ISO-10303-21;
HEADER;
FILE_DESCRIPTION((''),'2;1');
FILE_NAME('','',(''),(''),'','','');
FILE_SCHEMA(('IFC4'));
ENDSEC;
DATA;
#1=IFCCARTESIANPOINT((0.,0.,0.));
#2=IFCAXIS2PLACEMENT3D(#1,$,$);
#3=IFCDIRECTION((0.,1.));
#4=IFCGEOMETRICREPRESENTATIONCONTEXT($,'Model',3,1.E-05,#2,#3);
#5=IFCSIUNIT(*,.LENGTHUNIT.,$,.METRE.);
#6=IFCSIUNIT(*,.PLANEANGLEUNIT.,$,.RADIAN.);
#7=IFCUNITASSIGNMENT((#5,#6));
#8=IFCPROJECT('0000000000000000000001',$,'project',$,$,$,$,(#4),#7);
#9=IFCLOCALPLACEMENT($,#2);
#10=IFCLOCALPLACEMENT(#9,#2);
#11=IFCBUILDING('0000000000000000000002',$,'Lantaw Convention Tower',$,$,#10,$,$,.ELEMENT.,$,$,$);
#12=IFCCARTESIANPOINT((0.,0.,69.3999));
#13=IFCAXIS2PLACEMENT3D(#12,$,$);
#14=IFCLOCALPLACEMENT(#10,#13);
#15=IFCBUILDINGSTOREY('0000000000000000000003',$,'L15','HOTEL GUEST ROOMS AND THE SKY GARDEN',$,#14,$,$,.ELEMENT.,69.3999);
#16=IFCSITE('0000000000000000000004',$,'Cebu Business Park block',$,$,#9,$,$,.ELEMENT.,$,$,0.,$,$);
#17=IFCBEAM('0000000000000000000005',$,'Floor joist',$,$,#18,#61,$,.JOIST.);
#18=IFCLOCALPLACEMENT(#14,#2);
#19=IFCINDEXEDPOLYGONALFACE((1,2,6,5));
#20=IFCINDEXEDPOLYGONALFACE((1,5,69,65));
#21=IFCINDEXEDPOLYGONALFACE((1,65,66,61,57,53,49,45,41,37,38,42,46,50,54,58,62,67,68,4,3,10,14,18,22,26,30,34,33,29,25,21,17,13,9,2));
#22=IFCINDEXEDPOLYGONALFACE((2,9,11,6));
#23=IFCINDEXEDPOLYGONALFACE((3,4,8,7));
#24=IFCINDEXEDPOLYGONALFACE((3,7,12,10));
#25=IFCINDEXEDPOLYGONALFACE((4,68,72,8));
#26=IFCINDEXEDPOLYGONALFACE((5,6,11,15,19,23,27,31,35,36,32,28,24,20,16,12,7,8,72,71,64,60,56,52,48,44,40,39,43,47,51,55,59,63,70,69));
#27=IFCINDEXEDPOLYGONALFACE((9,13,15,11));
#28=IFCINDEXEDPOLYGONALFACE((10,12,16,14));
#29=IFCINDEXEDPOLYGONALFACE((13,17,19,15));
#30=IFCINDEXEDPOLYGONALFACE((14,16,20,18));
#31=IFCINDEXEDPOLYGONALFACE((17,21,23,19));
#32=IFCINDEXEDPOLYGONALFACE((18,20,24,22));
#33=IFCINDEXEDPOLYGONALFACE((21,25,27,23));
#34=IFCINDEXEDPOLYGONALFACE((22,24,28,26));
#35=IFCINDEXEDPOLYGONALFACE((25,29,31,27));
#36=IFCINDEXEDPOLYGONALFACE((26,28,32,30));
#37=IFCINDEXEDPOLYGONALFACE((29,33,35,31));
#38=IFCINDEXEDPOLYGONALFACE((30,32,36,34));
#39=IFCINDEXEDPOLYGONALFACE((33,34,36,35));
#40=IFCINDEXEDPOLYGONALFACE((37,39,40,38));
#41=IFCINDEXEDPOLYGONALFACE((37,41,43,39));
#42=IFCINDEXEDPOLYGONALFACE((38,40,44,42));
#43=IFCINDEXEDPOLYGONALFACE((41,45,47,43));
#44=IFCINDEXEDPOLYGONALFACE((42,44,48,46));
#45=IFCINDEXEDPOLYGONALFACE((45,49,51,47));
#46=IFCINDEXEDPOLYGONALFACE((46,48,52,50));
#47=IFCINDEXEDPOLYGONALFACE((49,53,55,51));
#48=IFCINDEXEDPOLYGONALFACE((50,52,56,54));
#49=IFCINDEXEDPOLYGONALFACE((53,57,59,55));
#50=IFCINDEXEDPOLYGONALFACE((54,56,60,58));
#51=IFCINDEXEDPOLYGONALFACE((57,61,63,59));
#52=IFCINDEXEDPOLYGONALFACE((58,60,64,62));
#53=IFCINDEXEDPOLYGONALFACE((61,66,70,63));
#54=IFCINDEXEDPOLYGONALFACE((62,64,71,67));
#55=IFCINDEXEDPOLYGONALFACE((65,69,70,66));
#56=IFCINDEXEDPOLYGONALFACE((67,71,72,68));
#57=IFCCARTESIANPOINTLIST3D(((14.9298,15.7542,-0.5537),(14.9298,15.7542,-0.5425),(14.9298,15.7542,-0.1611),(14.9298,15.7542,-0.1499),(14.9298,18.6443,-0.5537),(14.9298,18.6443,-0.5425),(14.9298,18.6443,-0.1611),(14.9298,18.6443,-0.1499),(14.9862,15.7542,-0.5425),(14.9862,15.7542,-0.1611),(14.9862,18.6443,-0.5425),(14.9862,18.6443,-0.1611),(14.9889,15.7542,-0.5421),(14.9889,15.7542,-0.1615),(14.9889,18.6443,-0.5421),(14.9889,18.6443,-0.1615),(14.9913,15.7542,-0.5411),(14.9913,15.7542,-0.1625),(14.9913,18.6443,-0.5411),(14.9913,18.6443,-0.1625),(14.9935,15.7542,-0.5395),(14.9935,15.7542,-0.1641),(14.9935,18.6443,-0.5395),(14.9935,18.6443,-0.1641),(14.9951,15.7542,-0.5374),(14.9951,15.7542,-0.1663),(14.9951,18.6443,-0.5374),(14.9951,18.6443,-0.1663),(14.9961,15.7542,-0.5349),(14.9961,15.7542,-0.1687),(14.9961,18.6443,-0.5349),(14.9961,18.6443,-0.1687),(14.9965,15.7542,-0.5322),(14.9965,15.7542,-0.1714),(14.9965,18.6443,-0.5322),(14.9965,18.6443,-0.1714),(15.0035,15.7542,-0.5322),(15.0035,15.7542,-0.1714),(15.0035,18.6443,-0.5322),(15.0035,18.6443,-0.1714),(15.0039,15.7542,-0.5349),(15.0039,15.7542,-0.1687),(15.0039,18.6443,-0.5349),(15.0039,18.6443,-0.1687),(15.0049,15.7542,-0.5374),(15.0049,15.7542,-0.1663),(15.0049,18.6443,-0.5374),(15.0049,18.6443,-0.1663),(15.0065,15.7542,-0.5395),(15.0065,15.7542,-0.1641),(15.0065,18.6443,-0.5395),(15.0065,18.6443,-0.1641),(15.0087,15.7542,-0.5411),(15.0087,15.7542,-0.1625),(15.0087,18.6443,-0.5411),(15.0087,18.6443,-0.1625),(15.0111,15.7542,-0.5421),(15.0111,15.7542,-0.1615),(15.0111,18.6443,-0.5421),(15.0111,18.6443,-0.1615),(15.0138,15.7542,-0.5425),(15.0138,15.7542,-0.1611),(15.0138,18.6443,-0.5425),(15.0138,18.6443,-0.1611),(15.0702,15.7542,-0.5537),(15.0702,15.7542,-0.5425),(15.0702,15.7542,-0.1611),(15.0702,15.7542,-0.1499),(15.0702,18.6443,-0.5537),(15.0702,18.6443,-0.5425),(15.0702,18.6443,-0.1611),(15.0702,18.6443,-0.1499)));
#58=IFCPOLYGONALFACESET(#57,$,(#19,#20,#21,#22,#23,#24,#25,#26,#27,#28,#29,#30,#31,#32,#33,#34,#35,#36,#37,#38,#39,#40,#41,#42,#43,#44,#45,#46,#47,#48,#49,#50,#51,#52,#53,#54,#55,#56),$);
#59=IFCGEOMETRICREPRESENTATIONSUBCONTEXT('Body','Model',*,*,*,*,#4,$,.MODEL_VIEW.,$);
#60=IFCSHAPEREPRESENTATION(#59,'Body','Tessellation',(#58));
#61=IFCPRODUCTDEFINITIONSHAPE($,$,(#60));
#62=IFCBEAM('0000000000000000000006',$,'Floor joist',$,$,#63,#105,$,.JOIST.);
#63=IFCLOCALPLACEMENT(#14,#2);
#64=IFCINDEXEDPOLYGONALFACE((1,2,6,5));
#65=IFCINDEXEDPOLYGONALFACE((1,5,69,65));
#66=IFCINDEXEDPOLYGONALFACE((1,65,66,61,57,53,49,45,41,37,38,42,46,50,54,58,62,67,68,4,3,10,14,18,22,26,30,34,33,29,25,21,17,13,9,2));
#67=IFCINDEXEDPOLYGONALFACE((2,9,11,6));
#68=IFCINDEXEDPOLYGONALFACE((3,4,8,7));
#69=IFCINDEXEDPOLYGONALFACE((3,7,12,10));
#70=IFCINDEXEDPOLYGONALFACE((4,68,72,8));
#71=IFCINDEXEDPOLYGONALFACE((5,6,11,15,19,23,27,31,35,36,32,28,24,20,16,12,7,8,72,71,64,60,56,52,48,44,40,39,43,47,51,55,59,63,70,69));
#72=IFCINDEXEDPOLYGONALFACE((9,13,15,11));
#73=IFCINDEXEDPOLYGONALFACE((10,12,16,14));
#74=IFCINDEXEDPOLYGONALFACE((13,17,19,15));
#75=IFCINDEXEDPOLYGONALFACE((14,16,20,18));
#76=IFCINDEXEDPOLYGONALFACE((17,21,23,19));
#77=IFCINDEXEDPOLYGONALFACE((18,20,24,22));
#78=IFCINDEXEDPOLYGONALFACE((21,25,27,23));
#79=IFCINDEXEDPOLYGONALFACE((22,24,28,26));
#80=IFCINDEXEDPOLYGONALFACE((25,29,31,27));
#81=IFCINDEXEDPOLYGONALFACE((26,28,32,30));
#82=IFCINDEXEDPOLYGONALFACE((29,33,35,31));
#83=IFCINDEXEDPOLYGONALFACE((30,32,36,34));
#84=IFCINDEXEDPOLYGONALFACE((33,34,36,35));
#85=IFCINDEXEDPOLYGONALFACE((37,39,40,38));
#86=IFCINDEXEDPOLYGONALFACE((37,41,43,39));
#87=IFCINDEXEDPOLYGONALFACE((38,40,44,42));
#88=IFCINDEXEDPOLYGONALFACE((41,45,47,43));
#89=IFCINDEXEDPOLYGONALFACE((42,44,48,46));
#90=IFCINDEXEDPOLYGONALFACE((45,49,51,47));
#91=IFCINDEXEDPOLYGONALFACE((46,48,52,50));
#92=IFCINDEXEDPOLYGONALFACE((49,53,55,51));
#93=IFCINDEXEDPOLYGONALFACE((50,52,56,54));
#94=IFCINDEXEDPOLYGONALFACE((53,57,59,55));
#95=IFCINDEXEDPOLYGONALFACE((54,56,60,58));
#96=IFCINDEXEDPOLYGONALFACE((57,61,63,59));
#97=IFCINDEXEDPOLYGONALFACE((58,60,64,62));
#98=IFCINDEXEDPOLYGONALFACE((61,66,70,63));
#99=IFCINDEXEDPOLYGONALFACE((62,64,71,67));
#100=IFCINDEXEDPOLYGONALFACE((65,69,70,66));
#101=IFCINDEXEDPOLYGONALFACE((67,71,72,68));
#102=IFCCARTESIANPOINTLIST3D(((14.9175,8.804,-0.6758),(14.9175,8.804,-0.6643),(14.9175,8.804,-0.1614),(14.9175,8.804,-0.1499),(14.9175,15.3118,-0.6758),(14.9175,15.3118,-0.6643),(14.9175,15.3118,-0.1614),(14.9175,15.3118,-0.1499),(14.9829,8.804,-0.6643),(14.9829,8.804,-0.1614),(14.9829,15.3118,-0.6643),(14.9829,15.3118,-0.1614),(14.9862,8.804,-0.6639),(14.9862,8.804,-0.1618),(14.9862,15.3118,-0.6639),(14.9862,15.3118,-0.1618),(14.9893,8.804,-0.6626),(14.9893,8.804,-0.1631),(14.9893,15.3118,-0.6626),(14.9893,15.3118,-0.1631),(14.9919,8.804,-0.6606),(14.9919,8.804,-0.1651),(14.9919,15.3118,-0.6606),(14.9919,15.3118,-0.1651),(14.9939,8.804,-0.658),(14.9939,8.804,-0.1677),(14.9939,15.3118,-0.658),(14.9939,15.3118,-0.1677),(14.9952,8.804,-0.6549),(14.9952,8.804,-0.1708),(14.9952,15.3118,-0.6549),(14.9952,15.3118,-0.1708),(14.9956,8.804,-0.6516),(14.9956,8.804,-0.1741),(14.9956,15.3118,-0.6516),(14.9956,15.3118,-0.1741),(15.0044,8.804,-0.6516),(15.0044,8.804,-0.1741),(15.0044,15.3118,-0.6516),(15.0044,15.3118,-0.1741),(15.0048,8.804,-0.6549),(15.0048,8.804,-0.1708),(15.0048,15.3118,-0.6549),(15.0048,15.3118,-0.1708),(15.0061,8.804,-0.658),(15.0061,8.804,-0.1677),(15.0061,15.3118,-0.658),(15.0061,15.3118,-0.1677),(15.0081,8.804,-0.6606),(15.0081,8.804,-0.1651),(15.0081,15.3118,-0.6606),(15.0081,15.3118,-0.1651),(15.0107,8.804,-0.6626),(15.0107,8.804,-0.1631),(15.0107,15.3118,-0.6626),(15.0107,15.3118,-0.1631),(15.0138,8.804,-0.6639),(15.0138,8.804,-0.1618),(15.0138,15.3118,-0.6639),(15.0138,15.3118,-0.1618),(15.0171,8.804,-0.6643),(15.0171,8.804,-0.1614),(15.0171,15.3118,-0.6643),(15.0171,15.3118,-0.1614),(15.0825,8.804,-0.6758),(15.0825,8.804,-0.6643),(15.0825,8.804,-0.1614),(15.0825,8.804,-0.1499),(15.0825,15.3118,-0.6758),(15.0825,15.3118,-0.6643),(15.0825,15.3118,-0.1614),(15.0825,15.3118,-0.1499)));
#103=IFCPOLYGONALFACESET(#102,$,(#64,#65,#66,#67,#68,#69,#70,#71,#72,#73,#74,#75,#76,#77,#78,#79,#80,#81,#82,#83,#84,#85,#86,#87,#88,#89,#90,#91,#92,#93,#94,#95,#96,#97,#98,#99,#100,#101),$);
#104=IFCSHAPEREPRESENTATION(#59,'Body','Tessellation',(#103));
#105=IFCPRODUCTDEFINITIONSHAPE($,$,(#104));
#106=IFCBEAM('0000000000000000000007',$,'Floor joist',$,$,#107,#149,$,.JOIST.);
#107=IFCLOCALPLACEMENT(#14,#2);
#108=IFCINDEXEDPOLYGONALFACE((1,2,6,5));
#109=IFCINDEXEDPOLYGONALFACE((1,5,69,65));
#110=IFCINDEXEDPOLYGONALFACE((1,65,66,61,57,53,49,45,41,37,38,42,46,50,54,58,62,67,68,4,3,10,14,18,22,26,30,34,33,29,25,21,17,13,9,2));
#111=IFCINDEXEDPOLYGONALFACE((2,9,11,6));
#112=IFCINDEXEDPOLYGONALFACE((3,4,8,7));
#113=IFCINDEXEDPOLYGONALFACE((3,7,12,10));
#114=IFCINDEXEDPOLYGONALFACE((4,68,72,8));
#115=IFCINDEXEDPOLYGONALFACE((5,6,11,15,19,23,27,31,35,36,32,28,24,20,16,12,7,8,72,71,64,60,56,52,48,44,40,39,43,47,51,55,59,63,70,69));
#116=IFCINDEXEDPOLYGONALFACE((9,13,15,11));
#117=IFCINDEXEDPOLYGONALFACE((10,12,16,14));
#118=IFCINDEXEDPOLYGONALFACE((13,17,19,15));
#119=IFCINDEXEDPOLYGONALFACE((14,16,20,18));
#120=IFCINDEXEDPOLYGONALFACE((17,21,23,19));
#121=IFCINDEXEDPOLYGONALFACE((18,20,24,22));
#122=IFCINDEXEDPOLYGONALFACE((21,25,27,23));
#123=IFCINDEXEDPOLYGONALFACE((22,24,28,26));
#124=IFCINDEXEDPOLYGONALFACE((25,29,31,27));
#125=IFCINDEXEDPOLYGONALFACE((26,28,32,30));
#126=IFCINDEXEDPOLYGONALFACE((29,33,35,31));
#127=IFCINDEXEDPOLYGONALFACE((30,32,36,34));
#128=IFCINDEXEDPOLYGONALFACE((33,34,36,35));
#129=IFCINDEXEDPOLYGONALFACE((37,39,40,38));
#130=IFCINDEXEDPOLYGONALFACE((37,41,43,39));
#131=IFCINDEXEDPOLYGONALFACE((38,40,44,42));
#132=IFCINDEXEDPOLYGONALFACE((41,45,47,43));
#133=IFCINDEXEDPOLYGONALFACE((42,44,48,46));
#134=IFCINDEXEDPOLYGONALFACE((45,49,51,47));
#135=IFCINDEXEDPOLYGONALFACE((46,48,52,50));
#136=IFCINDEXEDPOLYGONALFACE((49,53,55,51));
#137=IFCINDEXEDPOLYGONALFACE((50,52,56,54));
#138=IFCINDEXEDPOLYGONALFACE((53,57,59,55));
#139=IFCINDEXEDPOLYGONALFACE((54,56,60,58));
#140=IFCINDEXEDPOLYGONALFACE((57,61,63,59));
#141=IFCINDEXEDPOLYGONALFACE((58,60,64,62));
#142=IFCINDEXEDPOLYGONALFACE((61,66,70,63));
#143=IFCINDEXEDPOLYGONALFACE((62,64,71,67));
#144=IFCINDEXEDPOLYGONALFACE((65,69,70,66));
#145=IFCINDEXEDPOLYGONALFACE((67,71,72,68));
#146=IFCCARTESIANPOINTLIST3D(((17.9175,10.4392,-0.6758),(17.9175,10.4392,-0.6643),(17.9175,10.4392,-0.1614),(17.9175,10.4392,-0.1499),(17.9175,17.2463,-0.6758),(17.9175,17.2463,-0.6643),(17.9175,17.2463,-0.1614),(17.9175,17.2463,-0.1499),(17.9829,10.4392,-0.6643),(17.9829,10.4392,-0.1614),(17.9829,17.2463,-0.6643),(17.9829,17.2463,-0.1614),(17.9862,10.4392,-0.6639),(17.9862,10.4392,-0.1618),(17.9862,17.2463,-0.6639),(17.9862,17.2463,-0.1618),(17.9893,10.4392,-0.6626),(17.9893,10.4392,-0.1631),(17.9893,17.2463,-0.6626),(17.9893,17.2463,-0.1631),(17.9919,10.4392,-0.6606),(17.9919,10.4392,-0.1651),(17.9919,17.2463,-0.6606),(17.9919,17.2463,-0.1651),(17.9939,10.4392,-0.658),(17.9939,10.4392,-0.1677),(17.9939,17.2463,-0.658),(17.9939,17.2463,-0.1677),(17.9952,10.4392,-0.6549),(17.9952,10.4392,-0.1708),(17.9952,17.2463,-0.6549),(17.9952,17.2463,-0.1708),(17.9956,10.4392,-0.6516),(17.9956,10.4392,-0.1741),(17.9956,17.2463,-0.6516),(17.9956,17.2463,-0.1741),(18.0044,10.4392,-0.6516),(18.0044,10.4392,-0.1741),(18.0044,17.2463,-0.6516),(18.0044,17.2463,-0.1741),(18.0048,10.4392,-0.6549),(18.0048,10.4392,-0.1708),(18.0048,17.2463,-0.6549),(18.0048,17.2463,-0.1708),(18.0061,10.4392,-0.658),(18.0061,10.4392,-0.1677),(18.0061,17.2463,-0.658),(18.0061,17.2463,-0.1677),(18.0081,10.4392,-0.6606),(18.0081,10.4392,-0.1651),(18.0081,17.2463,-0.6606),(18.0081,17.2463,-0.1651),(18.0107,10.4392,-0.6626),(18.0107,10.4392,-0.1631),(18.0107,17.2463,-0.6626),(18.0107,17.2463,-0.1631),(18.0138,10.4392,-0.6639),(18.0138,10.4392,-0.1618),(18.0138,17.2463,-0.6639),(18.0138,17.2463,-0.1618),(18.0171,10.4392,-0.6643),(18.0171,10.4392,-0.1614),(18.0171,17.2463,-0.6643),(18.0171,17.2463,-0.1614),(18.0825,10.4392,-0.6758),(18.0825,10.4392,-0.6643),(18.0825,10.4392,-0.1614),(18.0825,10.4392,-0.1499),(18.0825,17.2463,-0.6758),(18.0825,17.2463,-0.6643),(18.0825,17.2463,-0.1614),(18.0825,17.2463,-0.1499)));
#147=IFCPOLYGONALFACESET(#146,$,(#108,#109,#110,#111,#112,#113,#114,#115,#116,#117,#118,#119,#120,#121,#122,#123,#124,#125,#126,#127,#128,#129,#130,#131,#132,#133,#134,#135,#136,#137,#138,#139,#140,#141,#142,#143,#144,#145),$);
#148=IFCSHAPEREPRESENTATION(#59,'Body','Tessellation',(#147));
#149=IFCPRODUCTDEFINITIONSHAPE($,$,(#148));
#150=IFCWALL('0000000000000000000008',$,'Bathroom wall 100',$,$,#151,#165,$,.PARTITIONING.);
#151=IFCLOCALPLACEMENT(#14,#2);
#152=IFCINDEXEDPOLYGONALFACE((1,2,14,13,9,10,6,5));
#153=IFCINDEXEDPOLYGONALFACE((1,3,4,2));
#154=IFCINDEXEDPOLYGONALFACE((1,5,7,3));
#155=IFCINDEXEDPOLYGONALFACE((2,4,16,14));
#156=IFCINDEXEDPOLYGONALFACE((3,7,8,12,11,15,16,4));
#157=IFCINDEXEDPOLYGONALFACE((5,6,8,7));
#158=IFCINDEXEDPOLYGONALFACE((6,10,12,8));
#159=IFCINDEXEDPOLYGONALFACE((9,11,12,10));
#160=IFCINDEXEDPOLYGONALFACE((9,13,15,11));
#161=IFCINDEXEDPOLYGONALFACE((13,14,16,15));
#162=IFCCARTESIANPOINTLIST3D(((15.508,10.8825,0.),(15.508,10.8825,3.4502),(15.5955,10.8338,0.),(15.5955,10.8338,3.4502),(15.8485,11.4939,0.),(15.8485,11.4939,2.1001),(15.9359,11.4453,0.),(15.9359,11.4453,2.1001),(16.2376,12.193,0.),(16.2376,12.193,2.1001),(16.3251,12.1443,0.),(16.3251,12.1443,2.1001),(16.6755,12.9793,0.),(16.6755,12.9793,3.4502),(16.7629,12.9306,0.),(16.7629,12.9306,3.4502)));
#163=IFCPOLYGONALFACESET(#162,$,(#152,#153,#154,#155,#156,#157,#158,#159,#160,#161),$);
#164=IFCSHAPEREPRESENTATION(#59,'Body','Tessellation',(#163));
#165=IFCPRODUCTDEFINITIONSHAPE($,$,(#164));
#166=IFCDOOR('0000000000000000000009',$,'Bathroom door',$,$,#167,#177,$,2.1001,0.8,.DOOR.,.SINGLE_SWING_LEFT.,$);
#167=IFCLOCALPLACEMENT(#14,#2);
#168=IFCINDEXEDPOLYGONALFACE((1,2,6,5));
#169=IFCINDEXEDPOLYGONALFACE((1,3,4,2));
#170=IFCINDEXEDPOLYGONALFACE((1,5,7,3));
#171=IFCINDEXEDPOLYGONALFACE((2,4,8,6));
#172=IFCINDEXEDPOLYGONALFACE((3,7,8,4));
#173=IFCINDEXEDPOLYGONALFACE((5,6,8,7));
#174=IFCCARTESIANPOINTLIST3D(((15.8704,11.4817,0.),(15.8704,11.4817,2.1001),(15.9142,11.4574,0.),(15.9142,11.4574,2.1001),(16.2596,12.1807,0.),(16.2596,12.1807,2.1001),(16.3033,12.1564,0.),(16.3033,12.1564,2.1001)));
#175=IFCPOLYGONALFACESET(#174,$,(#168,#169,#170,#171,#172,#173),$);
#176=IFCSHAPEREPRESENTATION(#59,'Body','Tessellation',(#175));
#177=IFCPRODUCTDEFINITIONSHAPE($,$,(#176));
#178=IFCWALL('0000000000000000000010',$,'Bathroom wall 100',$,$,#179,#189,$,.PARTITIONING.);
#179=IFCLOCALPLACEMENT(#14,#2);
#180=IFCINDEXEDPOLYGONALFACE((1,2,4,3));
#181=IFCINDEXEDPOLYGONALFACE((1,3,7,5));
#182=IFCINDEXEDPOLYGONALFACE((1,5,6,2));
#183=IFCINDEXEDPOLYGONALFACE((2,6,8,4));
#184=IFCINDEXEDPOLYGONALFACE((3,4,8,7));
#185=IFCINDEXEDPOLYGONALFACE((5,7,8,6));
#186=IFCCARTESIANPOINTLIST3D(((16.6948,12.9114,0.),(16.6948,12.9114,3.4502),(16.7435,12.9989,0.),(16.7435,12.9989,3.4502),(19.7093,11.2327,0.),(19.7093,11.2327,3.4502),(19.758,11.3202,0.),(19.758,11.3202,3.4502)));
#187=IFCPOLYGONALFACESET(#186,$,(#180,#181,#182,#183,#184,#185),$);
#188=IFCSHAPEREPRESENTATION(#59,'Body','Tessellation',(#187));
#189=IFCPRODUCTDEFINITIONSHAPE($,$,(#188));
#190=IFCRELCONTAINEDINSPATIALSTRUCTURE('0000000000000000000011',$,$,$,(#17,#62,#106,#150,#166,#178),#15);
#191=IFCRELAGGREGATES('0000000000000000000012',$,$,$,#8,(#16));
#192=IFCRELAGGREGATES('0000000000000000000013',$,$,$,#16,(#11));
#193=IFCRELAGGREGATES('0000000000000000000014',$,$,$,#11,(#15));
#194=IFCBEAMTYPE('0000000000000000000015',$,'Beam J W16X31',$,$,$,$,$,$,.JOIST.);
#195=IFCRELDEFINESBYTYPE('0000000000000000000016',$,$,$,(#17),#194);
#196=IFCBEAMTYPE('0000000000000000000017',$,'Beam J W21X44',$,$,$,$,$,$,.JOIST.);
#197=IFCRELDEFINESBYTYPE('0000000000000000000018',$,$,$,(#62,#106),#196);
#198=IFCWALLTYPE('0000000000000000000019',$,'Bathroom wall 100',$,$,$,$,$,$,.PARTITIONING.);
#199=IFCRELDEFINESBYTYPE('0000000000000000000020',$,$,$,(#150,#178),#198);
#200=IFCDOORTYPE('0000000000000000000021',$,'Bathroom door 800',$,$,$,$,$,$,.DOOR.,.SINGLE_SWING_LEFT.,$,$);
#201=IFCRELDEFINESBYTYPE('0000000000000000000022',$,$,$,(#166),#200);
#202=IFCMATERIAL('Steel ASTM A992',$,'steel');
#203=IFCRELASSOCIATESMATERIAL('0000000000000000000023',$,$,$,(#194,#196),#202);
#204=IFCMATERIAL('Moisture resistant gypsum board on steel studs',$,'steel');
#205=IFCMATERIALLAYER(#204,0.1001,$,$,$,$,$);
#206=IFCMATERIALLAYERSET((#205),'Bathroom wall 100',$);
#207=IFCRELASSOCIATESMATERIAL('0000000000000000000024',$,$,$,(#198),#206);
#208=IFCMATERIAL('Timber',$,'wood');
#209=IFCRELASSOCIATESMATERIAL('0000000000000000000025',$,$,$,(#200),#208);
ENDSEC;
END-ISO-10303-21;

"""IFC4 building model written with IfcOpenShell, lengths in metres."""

from ifc_helpers import new_model, si_unit, direction, frame, frame_2d, origin, origin_2d, place, context, subcontext, project, spatial, rectangle, i_section, extrude, material, layer, layer_set, material_profile, profile_set, type_object, element, fill, save


model = new_model("IFC4")

# Units and contexts
model_context = context("Model", 3, precision=1e-05, world=origin(), true_north=direction((0.0, 1.0)))
body_context = subcontext(model_context, "Body", "Model", "MODEL_VIEW")
ifc_project = project(units=[si_unit("LENGTHUNIT", "METRE"), si_unit("PLANEANGLEUNIT", "RADIAN")], contexts=[model_context])

# Site, building, storey
site_placement = place(None, origin())
site = spatial("IfcSite", under=ifc_project, at=site_placement, Name="Cebu Business Park block", CompositionType="ELEMENT", RefElevation=0.0)
building_placement = place(site_placement, origin())
building = spatial("IfcBuilding", under=site, at=building_placement, Name="Lantaw Convention Tower", CompositionType="ELEMENT")
storey_placement = place(building_placement, frame((0.0, 0.0, 69.3999)))
storey = spatial("IfcBuildingStorey", under=building, at=storey_placement, Name="L15", Description="HOTEL GUEST ROOMS AND THE SKY GARDEN", CompositionType="ELEMENT", Elevation=69.3999)

# Beams
ifc_material_1 = material(Name="Steel ASTM A992", Category="steel")
ifc_material_profile_1 = material_profile(ifc_material_1, i_section(OverallWidth=0.1404, OverallDepth=0.4038, WebThickness=0.0071, FlangeThickness=0.0112, FilletRadius=0.0103, at=origin_2d()), Name="W16X31")
ifc_profile_set_1 = profile_set([ifc_material_profile_1], Name="Steel ASTM A992")
beam_type_1 = type_object("IfcBeamType", Name="Beam J W16X31", PredefinedType="JOIST", material=ifc_profile_set_1)
beam_1_placement = place(storey_placement, frame((15.0, 15.7542, -0.3518), z_axis=(0.0, 1.0, 0.0), x_axis=(-1.0, 0.0, 0.0)))
element("IfcBeam", 1, at=beam_1_placement, inside=storey, type_object=beam_type_1, Name="Floor joist", PredefinedType="JOIST", context=body_context, shape_type="SweptSolid", body=[
    extrude(i_section(OverallWidth=0.1404, OverallDepth=0.4038, WebThickness=0.0071, FlangeThickness=0.0112, FilletRadius=0.0103, at=origin_2d()), origin(), (0.0, 0.0, 1.0), 2.8901),
])
ifc_material_profile_2 = material_profile(ifc_material_1, i_section(OverallWidth=0.165, OverallDepth=0.5259, WebThickness=0.0088, FlangeThickness=0.0115, FilletRadius=0.0127, at=origin_2d()), Name="W21X44")
ifc_profile_set_2 = profile_set([ifc_material_profile_2], Name="Steel ASTM A992")
beam_type_2 = type_object("IfcBeamType", Name="Beam J W21X44", PredefinedType="JOIST", material=ifc_profile_set_2)
beam_2_placement = place(storey_placement, frame((15.0, 8.804, -0.4128), z_axis=(0.0, 1.0, 0.0), x_axis=(-1.0, 0.0, 0.0)))
element("IfcBeam", 2, at=beam_2_placement, inside=storey, type_object=beam_type_2, Name="Floor joist", PredefinedType="JOIST", context=body_context, shape_type="SweptSolid", body=[
    extrude(i_section(OverallWidth=0.165, OverallDepth=0.5259, WebThickness=0.0088, FlangeThickness=0.0115, FilletRadius=0.0127, at=origin_2d()), origin(), (0.0, 0.0, 1.0), 6.5078),
])
beam_3_placement = place(storey_placement, frame((18.0, 10.4392, -0.4128), z_axis=(0.0, 1.0, 0.0), x_axis=(-1.0, 0.0, 0.0)))
element("IfcBeam", 3, at=beam_3_placement, inside=storey, type_object=beam_type_2, Name="Floor joist", PredefinedType="JOIST", context=body_context, shape_type="SweptSolid", body=[
    extrude(i_section(OverallWidth=0.165, OverallDepth=0.5259, WebThickness=0.0088, FlangeThickness=0.0115, FilletRadius=0.0127, at=origin_2d()), origin(), (0.0, 0.0, 1.0), 6.8071),
])

# Wall, opening, door
ifc_material_2 = material(Name="Moisture resistant gypsum board on steel studs", Category="steel")
ifc_layer_1 = layer(ifc_material_2, 0.1001)
ifc_layer_set_1 = layer_set([ifc_layer_1], Name="Bathroom wall 100")
wall_type_1 = type_object("IfcWallType", Name="Bathroom wall 100", PredefinedType="PARTITIONING", material=ifc_layer_set_1)
wall_1_placement = place(storey_placement, frame((15.5518, 10.8582, 0.0), z_axis=(0.0, 0.0, 1.0), x_axis=(0.486446, 0.873711, 0.0)))
wall_1 = element("IfcWall", 4, at=wall_1_placement, inside=storey, type_object=wall_type_1, Name="Bathroom wall 100", PredefinedType="PARTITIONING", context=body_context, shape_type="SweptSolid", body=[
    extrude(rectangle(XDim=2.3999, YDim=0.1001, at=frame_2d((1.2, 0.0))), origin(), (0.0, 0.0, 1.0), 3.4502),
])
opening_1_placement = place(wall_1_placement, frame((0.7, 0.0, 0.0)))
opening_1 = element("IfcOpeningElement", 5, at=opening_1_placement, cuts=wall_1, PredefinedType="OPENING", context=body_context, shape_type="SweptSolid", body=[
    extrude(rectangle(XDim=0.8, YDim=2.1001, at=frame_2d((0.3999, 1.05))), frame((0.0, 0.0601, 0.0), z_axis=(0.0, -1.0, 0.0), x_axis=(1.0, 0.0, 0.0)), (0.0, 0.0, 1.0), 0.1201),
])
ifc_material_3 = material(Name="Timber", Category="wood")
door_type_1 = type_object("IfcDoorType", Name="Bathroom door 800", OperationType="SINGLE_SWING_LEFT", PredefinedType="DOOR", material=ifc_material_3)
door_1_placement = place(opening_1_placement, origin())
door_1 = element("IfcDoor", 6, at=door_1_placement, inside=storey, type_object=door_type_1, Name="Bathroom door", OperationType="SINGLE_SWING_LEFT", OverallHeight=2.1001, OverallWidth=0.8, PredefinedType="DOOR", context=body_context, shape_type="SweptSolid", body=[
    extrude(rectangle(XDim=0.8, YDim=2.1001, at=frame_2d((0.3999, 1.05))), frame((0.0, 0.0249, 0.0), z_axis=(0.0, -1.0, 0.0), x_axis=(1.0, 0.0, 0.0)), (0.0, 0.0, 1.0), 0.05),
])
fill(opening_1, door_1)

# Wall
wall_2_placement = place(storey_placement, frame((16.7192, 12.9551, 0.0), z_axis=(0.0, 0.0, 1.0), x_axis=(0.873676, -0.486508, 0.0)))
element("IfcWall", 7, at=wall_2_placement, inside=storey, type_object=wall_type_1, Name="Bathroom wall 100", PredefinedType="PARTITIONING", context=body_context, shape_type="SweptSolid", body=[
    extrude(rectangle(XDim=3.4504, YDim=0.1001, at=frame_2d((1.7251, 0.0))), origin(), (0.0, 0.0, 1.0), 3.4502),
])

save(model, "model.ifc")
